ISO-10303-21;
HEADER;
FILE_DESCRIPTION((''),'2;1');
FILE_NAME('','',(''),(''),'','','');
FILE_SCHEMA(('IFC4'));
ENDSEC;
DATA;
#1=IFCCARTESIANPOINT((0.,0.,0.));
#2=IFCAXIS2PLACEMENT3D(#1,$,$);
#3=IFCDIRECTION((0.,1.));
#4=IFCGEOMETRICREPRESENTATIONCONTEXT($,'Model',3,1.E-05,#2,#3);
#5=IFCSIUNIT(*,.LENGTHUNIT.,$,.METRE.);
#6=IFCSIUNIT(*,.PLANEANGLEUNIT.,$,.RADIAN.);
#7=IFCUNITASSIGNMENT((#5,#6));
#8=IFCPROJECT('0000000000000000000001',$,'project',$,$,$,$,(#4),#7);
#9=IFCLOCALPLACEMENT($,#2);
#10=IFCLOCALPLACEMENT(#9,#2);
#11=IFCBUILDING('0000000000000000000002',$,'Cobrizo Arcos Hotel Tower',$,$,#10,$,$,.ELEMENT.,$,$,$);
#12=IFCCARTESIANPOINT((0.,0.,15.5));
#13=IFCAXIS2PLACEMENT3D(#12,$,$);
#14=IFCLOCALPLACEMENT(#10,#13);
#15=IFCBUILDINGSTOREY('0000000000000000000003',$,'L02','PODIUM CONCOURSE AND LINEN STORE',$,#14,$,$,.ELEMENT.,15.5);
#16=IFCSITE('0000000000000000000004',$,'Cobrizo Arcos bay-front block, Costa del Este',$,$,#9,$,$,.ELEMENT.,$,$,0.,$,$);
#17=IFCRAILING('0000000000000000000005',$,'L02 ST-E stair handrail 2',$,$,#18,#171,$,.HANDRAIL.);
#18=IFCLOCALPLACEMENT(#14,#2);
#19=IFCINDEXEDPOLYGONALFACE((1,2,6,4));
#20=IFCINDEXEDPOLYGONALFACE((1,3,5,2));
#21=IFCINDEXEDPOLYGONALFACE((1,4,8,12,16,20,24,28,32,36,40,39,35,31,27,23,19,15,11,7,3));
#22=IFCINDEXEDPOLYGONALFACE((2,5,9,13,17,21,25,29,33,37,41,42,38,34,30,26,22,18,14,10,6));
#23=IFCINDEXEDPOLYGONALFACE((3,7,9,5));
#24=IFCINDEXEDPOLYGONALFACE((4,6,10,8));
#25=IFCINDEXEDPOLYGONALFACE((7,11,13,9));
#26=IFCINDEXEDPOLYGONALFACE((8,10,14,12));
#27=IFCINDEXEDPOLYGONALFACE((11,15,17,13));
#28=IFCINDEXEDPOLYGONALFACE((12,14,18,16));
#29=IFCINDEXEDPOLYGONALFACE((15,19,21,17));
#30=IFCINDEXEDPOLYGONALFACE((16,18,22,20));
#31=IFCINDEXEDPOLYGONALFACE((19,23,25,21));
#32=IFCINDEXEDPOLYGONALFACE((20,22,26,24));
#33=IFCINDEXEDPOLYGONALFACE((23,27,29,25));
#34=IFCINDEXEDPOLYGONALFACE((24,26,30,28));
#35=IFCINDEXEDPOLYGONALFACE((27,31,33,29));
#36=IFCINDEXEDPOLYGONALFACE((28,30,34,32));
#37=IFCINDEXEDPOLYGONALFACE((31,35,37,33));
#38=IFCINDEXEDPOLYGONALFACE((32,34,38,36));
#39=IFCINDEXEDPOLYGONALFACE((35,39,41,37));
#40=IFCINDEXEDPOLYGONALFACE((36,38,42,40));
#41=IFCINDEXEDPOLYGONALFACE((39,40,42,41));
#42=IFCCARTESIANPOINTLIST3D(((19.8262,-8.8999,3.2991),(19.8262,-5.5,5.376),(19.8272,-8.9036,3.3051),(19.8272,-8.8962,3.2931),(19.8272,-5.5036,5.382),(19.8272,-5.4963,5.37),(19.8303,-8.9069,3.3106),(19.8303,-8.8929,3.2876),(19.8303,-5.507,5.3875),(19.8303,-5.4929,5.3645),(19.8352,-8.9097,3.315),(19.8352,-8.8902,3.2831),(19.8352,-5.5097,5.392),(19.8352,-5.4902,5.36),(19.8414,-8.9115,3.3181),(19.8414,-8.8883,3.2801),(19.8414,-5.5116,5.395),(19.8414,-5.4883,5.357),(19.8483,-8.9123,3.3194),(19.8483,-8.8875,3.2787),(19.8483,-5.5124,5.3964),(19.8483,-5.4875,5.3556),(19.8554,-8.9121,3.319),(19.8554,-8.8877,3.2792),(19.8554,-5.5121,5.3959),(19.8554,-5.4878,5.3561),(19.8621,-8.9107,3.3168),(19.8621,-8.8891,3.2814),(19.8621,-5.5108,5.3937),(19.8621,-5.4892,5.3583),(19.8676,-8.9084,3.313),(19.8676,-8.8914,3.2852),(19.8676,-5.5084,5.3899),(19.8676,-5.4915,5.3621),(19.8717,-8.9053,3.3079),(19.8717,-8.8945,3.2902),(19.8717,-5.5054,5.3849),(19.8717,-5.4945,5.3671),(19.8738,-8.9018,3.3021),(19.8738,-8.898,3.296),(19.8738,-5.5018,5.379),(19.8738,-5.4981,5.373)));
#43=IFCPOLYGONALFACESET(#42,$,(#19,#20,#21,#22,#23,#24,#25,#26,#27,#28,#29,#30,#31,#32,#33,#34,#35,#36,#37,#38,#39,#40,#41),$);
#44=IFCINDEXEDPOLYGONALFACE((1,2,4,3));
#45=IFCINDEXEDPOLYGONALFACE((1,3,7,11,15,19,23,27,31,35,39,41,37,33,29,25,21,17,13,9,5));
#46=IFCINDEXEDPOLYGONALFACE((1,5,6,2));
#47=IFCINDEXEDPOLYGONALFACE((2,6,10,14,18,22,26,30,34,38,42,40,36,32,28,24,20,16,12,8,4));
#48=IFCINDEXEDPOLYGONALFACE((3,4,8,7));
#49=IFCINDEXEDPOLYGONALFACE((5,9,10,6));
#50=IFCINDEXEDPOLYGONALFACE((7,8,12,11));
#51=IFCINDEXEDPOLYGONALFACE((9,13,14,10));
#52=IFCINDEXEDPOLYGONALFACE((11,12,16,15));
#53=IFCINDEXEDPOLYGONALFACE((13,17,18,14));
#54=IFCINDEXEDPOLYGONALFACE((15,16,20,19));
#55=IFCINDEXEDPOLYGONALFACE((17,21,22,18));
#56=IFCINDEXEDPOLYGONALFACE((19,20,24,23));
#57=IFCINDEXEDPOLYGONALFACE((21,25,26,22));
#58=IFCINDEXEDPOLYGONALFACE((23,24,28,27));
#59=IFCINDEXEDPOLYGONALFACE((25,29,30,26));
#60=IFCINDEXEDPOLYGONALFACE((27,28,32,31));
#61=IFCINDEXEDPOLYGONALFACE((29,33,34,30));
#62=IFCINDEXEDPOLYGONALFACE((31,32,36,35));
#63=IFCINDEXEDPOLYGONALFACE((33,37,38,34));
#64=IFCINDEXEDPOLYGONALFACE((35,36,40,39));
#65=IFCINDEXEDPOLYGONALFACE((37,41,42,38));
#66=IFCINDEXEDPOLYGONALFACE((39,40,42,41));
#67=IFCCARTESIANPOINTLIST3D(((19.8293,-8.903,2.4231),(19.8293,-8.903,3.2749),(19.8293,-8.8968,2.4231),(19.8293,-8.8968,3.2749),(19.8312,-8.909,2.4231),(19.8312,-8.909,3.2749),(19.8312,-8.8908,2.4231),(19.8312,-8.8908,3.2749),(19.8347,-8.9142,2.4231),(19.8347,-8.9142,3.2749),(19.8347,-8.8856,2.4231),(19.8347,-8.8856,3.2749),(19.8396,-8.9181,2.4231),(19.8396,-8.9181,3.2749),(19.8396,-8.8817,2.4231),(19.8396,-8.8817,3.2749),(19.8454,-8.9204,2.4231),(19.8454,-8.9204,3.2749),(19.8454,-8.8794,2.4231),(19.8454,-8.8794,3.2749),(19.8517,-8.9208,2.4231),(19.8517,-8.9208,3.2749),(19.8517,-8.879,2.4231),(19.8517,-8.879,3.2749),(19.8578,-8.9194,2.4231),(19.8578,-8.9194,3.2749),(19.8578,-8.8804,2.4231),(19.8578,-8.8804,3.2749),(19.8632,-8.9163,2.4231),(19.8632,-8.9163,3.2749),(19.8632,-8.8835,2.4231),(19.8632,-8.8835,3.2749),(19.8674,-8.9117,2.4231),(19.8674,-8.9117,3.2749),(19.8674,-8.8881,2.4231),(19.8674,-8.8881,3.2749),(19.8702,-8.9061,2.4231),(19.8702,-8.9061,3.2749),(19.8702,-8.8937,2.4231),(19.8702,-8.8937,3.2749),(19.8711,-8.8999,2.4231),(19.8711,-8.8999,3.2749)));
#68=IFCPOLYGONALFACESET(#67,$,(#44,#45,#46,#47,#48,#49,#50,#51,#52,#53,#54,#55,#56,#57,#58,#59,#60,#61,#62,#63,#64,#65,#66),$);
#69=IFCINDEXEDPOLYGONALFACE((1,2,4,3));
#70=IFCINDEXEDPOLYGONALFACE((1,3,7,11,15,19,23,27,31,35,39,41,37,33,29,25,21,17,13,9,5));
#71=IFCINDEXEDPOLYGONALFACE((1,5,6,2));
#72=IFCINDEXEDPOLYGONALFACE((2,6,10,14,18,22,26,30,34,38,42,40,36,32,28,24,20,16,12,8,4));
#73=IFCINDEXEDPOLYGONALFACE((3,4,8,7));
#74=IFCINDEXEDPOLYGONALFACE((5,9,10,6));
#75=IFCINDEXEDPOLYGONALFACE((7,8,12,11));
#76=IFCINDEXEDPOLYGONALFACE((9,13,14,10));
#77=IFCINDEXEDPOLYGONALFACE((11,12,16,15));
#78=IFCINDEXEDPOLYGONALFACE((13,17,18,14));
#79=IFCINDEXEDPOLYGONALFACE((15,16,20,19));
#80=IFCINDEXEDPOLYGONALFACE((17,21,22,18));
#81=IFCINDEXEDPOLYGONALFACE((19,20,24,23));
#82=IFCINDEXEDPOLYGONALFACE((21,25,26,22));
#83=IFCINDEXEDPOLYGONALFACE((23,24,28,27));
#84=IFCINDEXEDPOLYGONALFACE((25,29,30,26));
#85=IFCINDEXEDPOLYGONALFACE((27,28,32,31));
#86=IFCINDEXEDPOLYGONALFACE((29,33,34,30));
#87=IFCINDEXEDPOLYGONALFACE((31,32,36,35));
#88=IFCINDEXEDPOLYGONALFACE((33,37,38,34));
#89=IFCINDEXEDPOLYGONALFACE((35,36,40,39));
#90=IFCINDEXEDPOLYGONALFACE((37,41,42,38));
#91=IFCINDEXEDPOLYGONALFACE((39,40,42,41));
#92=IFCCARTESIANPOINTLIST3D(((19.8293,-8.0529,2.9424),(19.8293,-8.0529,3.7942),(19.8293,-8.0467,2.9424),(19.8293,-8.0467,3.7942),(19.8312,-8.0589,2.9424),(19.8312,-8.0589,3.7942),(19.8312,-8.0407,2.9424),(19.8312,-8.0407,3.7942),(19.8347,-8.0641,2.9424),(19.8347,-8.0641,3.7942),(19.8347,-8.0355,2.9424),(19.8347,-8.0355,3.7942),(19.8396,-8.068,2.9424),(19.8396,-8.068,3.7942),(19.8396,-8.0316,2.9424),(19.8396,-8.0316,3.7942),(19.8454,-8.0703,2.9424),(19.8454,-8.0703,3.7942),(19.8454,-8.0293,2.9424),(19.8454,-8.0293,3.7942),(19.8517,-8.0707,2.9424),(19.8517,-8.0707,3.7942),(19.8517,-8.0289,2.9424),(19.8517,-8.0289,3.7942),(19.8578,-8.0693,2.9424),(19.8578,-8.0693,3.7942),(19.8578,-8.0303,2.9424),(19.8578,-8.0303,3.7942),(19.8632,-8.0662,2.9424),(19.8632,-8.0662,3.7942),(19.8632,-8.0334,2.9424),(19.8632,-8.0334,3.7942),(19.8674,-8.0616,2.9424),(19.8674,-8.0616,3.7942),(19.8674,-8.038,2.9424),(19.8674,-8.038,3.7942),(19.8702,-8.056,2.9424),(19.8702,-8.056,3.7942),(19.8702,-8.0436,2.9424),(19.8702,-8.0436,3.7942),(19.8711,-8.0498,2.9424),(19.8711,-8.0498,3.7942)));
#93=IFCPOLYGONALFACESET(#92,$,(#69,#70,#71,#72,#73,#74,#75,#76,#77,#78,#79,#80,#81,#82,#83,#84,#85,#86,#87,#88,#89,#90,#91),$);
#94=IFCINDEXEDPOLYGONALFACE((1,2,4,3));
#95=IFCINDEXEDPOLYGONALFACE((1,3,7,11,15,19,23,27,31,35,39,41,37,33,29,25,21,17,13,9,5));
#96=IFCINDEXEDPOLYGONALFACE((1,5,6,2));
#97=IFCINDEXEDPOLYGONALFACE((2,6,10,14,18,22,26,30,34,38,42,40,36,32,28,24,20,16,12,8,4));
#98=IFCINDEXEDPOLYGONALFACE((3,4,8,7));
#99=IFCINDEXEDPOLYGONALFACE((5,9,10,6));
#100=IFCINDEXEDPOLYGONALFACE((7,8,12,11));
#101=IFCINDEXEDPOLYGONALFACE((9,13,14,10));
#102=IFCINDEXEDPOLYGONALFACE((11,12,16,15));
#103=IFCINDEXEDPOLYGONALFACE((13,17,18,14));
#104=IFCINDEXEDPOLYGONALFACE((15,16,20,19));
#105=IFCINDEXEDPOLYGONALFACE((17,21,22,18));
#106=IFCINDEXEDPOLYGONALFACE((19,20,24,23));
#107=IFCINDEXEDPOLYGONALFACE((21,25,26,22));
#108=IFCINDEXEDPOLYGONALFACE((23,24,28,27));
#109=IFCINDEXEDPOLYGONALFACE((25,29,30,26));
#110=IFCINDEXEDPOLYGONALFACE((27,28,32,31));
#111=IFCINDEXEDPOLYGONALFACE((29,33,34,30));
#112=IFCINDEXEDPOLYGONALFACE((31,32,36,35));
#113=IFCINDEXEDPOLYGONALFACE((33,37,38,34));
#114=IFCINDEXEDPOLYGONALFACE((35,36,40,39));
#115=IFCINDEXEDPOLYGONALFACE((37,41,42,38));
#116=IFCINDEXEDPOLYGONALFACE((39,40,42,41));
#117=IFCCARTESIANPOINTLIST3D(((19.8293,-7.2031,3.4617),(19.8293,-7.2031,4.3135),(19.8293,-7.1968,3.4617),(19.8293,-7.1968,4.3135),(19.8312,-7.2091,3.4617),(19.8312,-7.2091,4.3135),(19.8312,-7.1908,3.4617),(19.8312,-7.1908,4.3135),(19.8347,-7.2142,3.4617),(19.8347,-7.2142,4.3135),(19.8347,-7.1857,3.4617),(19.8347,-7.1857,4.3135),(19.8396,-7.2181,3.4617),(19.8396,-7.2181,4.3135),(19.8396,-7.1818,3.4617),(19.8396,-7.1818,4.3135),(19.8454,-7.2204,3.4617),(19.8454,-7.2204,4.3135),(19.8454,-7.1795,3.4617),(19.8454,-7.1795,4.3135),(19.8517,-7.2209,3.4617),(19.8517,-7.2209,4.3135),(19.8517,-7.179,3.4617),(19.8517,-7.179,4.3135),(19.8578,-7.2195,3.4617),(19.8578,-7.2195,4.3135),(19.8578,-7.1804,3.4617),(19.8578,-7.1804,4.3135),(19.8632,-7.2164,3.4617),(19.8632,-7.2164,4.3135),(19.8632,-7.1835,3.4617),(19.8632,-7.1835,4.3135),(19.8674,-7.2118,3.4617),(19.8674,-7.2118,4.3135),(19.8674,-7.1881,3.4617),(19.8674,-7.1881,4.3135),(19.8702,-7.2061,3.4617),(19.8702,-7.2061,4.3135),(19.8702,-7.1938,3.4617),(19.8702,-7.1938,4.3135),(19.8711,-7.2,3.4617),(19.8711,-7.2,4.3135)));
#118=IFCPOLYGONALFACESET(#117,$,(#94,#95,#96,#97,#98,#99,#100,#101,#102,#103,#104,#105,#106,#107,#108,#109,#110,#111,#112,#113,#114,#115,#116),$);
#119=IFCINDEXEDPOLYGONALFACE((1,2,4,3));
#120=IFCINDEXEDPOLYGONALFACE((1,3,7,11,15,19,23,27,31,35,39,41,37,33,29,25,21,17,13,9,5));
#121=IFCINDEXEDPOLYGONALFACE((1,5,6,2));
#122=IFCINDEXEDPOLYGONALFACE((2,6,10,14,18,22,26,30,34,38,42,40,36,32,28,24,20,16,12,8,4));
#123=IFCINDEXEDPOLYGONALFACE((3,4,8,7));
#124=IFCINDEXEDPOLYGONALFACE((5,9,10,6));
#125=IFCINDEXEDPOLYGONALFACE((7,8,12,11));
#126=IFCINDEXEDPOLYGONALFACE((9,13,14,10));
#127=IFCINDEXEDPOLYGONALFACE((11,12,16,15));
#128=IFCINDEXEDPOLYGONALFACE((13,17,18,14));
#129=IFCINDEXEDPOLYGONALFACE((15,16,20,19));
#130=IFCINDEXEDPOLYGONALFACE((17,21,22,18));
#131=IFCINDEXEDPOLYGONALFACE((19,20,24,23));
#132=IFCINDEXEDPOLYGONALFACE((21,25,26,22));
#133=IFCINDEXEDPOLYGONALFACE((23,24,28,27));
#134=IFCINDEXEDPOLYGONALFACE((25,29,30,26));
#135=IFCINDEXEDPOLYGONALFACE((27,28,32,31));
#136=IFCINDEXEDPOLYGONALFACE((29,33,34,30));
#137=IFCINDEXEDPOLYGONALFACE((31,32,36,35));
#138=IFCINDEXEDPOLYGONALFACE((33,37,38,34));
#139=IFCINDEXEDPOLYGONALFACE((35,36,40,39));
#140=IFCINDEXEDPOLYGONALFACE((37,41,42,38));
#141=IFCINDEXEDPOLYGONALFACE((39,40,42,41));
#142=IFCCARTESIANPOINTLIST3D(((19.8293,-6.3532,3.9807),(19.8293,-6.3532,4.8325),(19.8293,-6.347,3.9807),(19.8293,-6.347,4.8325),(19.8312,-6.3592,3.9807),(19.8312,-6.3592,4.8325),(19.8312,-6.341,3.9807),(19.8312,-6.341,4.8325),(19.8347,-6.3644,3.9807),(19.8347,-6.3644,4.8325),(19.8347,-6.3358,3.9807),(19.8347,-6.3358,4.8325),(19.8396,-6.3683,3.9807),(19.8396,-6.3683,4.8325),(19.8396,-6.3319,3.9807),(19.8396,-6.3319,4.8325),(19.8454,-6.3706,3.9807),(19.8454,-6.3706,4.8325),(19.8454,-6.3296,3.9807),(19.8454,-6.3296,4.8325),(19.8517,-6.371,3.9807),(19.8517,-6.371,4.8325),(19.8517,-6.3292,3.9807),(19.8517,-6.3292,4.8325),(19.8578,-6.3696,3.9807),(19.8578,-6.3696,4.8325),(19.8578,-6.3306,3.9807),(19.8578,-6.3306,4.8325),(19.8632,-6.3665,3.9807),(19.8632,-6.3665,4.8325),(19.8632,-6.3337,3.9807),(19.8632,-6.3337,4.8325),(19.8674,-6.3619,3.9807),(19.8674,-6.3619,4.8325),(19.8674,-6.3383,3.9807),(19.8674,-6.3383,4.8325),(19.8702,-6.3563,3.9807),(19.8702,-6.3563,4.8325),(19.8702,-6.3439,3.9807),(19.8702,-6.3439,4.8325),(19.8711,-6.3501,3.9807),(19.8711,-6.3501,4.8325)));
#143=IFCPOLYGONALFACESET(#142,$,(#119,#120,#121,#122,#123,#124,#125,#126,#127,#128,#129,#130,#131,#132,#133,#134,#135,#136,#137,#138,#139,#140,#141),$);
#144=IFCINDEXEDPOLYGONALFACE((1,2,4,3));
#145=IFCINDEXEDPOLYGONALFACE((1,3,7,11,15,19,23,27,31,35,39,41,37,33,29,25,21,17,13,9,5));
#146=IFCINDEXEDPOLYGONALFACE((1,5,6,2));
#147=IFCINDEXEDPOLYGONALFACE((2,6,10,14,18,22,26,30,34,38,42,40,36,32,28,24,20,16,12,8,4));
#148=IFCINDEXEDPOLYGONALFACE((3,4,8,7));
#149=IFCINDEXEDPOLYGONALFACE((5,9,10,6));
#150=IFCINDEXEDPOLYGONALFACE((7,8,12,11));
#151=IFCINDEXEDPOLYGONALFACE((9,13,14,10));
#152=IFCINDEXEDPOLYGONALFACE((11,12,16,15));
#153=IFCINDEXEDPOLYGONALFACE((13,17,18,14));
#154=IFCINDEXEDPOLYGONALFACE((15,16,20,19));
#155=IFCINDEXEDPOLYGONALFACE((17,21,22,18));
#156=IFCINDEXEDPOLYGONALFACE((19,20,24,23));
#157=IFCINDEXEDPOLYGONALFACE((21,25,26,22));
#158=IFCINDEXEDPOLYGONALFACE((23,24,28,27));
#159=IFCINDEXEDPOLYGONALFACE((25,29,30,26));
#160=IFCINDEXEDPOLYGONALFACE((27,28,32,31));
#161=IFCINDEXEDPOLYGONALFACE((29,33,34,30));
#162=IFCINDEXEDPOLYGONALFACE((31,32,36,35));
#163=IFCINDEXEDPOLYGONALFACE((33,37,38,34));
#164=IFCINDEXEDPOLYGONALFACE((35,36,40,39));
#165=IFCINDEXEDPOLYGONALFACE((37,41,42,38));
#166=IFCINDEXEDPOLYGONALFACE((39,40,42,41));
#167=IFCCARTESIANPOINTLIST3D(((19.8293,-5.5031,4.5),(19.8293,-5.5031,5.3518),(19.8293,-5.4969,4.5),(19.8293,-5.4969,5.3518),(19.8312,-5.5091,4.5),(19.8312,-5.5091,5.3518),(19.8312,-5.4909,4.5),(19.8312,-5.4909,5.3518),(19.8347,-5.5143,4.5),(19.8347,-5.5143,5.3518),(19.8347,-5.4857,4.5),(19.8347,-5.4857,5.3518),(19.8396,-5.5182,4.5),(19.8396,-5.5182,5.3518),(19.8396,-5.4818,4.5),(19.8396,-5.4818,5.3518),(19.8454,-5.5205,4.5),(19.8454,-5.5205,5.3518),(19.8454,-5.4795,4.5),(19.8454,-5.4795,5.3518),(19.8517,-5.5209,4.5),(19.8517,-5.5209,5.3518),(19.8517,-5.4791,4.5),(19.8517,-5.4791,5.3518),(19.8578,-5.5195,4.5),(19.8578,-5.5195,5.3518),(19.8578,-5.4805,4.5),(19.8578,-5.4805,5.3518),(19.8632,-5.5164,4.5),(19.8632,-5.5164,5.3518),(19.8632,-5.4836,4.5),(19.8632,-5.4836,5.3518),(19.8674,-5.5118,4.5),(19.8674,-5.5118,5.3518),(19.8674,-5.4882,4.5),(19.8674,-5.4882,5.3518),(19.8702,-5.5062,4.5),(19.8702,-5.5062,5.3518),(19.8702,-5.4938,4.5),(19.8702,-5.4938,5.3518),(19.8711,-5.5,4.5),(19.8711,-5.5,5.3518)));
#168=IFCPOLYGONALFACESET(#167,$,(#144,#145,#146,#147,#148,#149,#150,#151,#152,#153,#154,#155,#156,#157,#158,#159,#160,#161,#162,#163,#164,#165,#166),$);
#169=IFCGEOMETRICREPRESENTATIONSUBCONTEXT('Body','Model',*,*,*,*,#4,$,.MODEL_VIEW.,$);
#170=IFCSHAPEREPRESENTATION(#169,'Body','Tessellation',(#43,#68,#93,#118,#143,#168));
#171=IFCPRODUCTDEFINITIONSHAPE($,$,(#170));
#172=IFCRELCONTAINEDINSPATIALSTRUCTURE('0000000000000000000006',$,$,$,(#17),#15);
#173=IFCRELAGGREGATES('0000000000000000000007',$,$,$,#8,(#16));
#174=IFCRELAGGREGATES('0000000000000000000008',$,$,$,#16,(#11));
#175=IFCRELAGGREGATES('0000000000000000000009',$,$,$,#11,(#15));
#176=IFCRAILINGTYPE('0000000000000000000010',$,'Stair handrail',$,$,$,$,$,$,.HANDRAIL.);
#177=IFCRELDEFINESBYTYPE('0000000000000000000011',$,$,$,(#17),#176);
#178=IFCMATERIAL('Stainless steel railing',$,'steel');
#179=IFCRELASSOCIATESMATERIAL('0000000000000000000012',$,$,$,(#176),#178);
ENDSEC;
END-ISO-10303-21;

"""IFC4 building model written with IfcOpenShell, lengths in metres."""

from ifc_helpers import new_model, si_unit, direction, frame, origin, origin_2d, place, context, subcontext, project, spatial, circle, extrude, material, type_object, element, save


model = new_model("IFC4")

# Units and contexts
model_context = context("Model", 3, precision=1e-05, world=origin(), true_north=direction((0.0, 1.0)))
body_context = subcontext(model_context, "Body", "Model", "MODEL_VIEW")
ifc_project = project(units=[si_unit("LENGTHUNIT", "METRE"), si_unit("PLANEANGLEUNIT", "RADIAN")], contexts=[model_context])

# Site, building, storey
site_placement = place(None, origin())
site = spatial("IfcSite", under=ifc_project, at=site_placement, Name="Cobrizo Arcos bay-front block, Costa del Este", CompositionType="ELEMENT", RefElevation=0.0)
building_placement = place(site_placement, origin())
building = spatial("IfcBuilding", under=site, at=building_placement, Name="Cobrizo Arcos Hotel Tower", CompositionType="ELEMENT")
storey_placement = place(building_placement, frame((0.0, 0.0, 15.5)))
storey = spatial("IfcBuildingStorey", under=building, at=storey_placement, Name="L02", Description="PODIUM CONCOURSE AND LINEN STORE", CompositionType="ELEMENT", Elevation=15.5)

# Railing
ifc_material_1 = material(Name="Stainless steel railing", Category="steel")
railing_type_1 = type_object("IfcRailingType", Name="Stair handrail", PredefinedType="HANDRAIL", material=ifc_material_1)
railing_1_placement = place(storey_placement, frame((19.8501, -8.8999, 2.4231)))
element("IfcRailing", 1, at=railing_1_placement, inside=storey, type_object=railing_type_1, Name="L02 ST-E stair handrail 2", PredefinedType="HANDRAIL", context=body_context, shape_type="SweptSolid", body=[
    extrude(circle(Radius=0.0239, at=origin_2d()), frame((0.0, 0.0, 0.876), z_axis=(0.0, 0.853373, 0.521301), x_axis=(-1.0, 0.0, 0.0)), (0.0, 0.0, 1.0), 3.9841),
    extrude(circle(Radius=0.021, at=origin_2d()), origin(), (0.0, 0.0, 1.0), 0.8518),
    extrude(circle(Radius=0.021, at=origin_2d()), frame((0.0, 0.8501, 0.5193)), (0.0, 0.0, 1.0), 0.8518),
    extrude(circle(Radius=0.021, at=origin_2d()), frame((0.0, 1.7, 1.0386)), (0.0, 0.0, 1.0), 0.8518),
    extrude(circle(Radius=0.021, at=origin_2d()), frame((0.0, 2.5498, 1.5576)), (0.0, 0.0, 1.0), 0.8518),
    extrude(circle(Radius=0.021, at=origin_2d()), frame((0.0, 3.3999, 2.0769)), (0.0, 0.0, 1.0), 0.8518),
])

save(model, "model.ifc")
